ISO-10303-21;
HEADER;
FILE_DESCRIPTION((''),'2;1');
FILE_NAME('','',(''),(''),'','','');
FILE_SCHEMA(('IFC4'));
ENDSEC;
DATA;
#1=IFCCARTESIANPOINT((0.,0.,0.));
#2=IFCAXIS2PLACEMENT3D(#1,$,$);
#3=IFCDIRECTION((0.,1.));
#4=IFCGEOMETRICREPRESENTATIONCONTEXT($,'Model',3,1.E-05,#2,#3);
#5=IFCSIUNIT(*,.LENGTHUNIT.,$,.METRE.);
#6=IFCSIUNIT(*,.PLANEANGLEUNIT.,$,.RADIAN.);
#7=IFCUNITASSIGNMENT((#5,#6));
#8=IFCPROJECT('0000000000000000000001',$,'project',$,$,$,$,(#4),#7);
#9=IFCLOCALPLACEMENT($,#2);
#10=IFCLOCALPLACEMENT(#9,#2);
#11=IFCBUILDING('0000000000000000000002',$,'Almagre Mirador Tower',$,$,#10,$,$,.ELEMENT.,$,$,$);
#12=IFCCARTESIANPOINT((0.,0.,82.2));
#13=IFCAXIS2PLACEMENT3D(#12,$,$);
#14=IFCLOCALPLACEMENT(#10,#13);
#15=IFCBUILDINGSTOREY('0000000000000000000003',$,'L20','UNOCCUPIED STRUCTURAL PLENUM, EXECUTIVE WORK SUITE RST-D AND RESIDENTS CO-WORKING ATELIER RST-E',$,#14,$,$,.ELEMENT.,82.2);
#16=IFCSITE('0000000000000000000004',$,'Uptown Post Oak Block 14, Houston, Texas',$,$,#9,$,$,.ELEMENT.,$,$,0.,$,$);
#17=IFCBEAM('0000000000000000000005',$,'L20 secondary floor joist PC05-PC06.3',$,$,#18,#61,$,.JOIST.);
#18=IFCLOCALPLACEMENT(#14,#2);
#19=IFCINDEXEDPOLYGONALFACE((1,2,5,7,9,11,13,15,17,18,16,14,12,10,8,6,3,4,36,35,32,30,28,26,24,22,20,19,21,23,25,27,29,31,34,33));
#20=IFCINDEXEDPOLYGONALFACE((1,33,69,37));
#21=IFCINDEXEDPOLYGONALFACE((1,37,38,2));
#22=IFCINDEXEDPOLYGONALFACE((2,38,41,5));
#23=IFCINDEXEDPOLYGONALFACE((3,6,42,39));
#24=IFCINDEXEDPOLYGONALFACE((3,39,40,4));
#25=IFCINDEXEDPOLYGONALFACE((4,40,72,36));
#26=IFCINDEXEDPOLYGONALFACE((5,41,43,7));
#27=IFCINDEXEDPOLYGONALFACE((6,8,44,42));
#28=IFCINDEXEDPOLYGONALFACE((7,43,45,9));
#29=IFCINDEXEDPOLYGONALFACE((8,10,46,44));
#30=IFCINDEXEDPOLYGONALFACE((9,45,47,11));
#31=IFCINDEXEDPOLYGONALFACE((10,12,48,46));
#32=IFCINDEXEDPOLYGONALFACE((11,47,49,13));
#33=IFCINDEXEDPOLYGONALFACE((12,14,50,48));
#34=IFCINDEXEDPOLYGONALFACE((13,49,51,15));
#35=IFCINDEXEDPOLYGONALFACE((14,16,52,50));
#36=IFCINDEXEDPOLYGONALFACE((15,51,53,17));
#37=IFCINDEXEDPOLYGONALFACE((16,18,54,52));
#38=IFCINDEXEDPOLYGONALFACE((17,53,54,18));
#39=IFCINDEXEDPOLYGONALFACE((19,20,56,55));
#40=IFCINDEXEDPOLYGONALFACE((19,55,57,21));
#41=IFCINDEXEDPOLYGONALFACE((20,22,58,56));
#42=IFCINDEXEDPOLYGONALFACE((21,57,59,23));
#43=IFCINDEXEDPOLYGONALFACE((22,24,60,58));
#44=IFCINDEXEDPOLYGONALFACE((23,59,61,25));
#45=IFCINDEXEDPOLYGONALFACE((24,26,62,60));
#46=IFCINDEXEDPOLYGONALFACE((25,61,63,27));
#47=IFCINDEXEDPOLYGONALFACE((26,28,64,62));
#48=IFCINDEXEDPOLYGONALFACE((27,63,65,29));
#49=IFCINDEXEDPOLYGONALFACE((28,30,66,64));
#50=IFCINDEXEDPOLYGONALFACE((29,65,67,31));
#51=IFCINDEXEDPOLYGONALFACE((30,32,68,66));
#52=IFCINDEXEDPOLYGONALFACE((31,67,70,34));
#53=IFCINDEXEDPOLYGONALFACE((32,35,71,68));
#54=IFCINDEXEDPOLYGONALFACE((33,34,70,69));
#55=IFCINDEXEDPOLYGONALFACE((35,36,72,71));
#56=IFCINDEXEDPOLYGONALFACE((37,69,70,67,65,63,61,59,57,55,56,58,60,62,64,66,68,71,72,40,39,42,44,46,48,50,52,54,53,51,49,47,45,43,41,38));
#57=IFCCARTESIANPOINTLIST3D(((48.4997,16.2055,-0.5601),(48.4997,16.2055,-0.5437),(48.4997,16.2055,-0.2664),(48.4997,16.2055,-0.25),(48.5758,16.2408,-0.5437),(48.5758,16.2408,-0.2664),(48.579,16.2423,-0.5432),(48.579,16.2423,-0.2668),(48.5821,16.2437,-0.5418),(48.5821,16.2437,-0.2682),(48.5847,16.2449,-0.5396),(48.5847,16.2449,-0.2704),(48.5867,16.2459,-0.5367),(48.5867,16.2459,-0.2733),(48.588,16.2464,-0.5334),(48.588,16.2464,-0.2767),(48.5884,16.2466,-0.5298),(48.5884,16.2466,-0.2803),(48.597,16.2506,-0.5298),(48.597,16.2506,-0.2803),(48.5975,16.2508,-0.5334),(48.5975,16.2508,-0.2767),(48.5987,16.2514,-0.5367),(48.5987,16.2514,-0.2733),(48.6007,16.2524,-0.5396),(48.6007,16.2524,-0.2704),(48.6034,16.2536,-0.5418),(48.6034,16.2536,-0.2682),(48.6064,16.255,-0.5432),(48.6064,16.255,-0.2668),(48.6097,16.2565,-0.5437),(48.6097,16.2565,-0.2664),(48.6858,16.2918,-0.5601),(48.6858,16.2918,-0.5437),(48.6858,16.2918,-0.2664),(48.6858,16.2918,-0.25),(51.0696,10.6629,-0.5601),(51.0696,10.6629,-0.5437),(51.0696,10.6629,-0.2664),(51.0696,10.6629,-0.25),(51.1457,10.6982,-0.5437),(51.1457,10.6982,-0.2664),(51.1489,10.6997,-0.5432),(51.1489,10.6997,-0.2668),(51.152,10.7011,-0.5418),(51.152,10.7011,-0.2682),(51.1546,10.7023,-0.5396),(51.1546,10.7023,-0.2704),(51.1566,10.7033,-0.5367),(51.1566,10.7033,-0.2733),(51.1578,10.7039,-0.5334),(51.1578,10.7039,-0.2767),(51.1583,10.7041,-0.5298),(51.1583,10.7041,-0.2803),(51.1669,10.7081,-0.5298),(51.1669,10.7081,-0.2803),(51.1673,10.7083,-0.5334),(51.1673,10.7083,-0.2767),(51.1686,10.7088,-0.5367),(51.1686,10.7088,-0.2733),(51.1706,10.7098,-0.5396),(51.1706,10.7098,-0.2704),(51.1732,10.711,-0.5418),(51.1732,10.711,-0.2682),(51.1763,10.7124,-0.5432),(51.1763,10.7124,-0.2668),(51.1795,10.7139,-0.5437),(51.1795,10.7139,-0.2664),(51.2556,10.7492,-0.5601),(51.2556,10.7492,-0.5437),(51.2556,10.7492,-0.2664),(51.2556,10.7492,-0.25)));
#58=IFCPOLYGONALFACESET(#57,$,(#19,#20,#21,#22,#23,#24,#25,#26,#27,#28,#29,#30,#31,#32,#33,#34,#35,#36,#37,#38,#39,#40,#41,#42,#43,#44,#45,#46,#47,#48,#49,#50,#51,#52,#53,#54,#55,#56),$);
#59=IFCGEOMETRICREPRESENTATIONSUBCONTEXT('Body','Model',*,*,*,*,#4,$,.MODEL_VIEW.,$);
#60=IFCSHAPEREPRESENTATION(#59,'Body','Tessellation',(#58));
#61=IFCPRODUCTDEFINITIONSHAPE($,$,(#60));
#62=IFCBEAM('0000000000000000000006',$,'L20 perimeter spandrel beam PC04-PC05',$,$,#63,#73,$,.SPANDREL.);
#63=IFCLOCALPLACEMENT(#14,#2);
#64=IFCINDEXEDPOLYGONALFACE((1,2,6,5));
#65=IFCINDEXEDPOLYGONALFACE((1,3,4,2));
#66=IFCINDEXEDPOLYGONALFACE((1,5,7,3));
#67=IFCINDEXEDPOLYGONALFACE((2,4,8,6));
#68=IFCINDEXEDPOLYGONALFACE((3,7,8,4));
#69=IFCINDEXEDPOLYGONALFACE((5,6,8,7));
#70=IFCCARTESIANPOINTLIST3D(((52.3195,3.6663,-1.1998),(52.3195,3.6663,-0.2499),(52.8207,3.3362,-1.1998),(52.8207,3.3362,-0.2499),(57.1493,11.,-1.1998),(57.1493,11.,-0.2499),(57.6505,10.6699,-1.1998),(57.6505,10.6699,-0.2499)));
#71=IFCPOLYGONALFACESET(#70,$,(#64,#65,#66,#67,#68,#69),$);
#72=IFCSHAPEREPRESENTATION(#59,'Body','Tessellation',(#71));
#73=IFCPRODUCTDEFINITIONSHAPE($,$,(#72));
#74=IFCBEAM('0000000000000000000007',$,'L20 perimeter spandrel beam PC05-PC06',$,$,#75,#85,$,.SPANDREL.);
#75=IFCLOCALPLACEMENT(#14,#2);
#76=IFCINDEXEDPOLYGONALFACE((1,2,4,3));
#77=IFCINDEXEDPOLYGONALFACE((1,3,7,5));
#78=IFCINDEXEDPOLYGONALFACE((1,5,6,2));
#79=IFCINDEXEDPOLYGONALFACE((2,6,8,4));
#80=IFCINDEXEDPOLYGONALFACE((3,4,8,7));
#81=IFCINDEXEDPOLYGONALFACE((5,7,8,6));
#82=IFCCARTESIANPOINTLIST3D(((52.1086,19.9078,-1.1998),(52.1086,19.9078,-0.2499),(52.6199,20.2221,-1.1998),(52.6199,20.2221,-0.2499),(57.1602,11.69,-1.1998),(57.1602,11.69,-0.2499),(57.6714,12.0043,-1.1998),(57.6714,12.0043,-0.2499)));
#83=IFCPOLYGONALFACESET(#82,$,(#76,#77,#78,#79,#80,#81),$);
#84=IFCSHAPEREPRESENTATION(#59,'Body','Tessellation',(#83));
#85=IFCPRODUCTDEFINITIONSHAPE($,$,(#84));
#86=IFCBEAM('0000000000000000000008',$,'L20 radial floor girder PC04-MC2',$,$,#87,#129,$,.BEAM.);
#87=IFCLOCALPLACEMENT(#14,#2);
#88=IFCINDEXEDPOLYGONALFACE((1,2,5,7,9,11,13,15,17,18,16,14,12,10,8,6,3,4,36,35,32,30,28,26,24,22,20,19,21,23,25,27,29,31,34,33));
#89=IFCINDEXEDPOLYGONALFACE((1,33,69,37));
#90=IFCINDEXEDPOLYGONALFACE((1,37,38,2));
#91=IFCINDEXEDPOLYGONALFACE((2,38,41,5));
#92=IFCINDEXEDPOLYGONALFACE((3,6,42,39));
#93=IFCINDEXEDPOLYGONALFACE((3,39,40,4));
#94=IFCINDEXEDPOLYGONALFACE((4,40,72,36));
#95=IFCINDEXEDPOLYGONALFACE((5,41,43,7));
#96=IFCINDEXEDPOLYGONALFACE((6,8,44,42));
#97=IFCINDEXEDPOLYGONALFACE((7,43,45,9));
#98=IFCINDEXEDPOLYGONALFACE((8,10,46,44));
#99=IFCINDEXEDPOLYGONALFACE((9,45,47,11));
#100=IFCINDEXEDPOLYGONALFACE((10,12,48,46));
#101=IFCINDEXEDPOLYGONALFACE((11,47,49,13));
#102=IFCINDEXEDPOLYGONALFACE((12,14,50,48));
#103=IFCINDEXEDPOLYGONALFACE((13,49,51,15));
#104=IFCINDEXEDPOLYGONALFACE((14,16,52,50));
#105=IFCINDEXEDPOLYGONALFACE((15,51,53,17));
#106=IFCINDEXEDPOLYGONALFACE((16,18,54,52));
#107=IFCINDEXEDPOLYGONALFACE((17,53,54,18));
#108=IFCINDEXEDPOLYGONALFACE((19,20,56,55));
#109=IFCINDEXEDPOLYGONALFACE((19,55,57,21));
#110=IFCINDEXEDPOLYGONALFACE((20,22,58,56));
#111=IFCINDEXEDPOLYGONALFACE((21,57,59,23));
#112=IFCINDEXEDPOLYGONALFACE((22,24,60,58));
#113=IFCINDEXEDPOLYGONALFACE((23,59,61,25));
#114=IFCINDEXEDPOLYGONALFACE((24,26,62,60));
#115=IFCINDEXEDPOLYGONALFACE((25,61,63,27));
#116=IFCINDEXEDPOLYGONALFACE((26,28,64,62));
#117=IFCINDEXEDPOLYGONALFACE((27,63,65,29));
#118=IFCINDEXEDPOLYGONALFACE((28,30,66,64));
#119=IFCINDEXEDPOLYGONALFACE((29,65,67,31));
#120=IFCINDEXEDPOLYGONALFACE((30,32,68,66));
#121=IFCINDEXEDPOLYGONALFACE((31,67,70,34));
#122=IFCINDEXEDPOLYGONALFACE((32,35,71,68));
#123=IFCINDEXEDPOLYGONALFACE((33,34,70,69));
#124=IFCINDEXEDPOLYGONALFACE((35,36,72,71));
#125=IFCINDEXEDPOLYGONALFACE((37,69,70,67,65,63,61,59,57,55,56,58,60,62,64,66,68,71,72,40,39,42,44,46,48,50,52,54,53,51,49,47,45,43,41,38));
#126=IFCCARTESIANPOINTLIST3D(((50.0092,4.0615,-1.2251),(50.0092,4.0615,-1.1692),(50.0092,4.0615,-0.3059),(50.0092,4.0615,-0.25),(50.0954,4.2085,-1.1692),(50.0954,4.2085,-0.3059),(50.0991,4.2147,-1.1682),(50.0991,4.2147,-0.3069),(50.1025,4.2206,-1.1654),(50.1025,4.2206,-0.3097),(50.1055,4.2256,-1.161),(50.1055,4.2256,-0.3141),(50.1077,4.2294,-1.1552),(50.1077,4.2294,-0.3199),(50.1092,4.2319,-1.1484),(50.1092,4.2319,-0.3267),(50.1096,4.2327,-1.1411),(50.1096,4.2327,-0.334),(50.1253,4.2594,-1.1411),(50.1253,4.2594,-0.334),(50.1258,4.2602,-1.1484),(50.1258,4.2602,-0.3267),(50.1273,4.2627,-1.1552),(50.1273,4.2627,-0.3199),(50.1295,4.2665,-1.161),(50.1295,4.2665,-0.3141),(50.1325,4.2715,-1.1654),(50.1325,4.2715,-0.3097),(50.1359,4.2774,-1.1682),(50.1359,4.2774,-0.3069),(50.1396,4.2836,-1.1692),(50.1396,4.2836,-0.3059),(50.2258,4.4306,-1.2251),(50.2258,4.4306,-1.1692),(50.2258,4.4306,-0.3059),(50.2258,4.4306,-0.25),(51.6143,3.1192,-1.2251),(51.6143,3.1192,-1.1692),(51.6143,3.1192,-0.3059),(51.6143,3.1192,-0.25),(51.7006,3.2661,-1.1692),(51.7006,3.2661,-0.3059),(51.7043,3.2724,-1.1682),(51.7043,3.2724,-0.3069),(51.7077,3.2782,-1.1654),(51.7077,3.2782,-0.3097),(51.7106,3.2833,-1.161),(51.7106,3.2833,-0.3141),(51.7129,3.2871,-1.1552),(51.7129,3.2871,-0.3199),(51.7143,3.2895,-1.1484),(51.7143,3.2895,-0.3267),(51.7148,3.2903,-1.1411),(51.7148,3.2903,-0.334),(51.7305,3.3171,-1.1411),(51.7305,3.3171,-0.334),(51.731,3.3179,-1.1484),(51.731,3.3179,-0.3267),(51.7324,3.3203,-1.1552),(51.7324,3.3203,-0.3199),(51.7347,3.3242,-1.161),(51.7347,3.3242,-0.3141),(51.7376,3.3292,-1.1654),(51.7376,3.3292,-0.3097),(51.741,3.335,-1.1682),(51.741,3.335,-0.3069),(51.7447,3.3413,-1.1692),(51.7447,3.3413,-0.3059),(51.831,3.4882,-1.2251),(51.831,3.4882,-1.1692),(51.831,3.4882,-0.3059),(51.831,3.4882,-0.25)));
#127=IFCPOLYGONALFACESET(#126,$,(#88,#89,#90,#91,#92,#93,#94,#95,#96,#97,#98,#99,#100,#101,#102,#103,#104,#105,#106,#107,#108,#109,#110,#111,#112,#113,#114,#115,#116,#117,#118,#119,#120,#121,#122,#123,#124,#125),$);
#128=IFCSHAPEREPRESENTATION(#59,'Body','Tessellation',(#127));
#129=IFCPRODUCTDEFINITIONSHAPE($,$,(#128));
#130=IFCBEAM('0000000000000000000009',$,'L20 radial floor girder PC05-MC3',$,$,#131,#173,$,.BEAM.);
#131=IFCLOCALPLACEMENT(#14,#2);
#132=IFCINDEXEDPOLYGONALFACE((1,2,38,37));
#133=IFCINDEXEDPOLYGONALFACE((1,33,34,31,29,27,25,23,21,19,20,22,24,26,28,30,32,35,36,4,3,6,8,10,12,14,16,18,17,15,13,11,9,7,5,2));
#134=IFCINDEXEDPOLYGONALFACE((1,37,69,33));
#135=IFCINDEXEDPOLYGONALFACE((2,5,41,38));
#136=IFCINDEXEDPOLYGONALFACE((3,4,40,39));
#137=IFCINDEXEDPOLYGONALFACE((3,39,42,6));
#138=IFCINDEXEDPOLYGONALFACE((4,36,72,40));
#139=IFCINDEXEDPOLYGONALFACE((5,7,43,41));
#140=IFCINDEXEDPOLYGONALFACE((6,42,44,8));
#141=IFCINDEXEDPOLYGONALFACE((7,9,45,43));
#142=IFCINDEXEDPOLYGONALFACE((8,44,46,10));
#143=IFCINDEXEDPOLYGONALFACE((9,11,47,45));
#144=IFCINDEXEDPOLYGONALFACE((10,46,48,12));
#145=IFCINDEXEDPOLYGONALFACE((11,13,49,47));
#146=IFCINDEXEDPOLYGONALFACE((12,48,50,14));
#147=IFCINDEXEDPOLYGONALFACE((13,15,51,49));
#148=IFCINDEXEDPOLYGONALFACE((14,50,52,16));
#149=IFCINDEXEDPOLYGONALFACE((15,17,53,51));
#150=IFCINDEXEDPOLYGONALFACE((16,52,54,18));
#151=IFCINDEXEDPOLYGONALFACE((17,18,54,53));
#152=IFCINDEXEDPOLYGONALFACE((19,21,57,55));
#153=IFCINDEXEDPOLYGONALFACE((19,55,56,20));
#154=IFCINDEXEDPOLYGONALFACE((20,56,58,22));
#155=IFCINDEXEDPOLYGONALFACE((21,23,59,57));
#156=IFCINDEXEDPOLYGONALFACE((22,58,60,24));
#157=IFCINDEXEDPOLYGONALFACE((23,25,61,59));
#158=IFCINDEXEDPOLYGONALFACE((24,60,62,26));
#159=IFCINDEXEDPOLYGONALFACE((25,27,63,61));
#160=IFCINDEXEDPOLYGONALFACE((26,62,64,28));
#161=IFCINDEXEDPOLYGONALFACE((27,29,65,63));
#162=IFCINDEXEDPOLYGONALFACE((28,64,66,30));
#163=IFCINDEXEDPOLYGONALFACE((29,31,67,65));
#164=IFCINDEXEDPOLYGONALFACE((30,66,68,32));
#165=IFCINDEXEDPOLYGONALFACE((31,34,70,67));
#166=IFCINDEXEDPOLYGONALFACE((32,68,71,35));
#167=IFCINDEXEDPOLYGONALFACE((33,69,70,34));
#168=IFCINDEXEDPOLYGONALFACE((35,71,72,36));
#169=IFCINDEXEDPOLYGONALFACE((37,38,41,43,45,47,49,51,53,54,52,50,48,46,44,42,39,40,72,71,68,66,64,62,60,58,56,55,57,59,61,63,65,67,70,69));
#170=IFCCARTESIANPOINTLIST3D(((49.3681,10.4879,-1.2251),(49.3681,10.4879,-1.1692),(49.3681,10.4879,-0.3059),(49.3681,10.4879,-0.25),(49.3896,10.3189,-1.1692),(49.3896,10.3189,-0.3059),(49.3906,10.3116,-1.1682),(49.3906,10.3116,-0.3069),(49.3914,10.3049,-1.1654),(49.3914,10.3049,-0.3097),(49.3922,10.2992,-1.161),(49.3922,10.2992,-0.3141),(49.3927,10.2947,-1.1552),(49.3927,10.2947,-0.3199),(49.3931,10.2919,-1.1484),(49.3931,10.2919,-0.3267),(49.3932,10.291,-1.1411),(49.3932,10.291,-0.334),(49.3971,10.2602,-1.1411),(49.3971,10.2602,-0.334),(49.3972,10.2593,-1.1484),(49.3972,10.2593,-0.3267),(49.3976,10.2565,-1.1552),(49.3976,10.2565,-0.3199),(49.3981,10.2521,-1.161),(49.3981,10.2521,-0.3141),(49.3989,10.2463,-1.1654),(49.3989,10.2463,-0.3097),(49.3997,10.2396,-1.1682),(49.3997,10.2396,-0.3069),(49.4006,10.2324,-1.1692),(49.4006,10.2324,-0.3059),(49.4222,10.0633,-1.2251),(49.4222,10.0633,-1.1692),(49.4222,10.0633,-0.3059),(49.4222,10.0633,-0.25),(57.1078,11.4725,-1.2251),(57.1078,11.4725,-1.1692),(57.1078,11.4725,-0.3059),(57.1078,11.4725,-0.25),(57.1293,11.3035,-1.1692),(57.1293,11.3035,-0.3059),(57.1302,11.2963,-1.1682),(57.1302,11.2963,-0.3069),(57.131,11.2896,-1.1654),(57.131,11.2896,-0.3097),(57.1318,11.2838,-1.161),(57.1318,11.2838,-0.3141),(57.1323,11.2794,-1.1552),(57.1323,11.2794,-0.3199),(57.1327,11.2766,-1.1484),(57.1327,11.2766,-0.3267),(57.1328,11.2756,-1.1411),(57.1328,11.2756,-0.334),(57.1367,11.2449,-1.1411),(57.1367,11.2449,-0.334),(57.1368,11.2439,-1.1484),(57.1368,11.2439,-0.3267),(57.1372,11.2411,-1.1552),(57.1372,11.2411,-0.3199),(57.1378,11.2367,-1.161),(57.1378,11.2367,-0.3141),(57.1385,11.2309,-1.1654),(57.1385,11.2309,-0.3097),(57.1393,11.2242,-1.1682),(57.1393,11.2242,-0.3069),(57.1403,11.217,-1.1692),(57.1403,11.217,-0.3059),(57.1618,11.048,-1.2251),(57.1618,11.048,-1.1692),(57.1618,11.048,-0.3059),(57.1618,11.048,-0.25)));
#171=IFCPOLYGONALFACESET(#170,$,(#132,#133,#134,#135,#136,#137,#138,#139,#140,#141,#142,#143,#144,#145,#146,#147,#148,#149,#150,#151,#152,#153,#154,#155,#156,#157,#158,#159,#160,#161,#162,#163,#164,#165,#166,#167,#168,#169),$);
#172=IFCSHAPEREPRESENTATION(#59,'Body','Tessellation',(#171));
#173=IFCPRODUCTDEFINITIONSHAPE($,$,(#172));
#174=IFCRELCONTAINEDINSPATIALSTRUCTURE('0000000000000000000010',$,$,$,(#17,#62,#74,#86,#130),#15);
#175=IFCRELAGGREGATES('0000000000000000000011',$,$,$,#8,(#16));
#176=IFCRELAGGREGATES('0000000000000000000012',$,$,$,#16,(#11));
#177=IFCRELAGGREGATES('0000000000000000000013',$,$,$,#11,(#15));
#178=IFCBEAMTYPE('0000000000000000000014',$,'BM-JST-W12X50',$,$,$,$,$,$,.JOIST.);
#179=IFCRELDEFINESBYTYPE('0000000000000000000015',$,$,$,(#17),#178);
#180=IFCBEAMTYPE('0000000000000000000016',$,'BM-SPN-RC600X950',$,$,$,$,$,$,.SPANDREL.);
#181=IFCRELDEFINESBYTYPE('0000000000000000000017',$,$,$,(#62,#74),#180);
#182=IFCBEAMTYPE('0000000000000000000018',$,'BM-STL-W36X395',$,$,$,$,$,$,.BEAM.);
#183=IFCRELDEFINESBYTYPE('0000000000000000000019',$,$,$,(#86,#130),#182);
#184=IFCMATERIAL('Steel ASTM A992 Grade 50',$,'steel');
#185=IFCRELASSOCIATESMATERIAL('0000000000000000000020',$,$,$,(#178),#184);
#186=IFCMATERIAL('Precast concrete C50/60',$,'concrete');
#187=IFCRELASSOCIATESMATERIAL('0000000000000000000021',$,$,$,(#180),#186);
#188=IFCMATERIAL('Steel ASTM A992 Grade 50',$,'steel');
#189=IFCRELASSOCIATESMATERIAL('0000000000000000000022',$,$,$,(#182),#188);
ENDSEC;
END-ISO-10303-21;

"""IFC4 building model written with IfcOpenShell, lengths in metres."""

from ifc_helpers import new_model, si_unit, direction, frame, origin, origin_2d, place, context, subcontext, project, spatial, rectangle, i_section, extrude, material, material_profile, profile_set, type_object, element, save


model = new_model("IFC4")

# Units and contexts
model_context = context("Model", 3, precision=1e-05, world=origin(), true_north=direction((0.0, 1.0)))
body_context = subcontext(model_context, "Body", "Model", "MODEL_VIEW")
ifc_project = project(units=[si_unit("LENGTHUNIT", "METRE"), si_unit("PLANEANGLEUNIT", "RADIAN")], contexts=[model_context])

# Site, building, storey
site_placement = place(None, origin())
site = spatial("IfcSite", under=ifc_project, at=site_placement, Name="Uptown Post Oak Block 14, Houston, Texas", CompositionType="ELEMENT", RefElevation=0.0)
building_placement = place(site_placement, origin())
building = spatial("IfcBuilding", under=site, at=building_placement, Name="Almagre Mirador Tower", CompositionType="ELEMENT")
storey_placement = place(building_placement, frame((0.0, 0.0, 82.2)))
storey = spatial("IfcBuildingStorey", under=building, at=storey_placement, Name="L20", Description="UNOCCUPIED STRUCTURAL PLENUM, EXECUTIVE WORK SUITE RST-D AND RESIDENTS CO-WORKING ATELIER RST-E", CompositionType="ELEMENT", Elevation=82.2)

# Beams
ifc_material_1 = material(Name="Steel ASTM A992 Grade 50", Category="steel")
ifc_material_profile_1 = material_profile(ifc_material_1, i_section(OverallWidth=0.2051, OverallDepth=0.3101, WebThickness=0.0095, FlangeThickness=0.0164, FilletRadius=0.0139, at=origin_2d()), Name="W12X50")
ifc_profile_set_1 = profile_set([ifc_material_profile_1], Name="Steel ASTM A992 Grade 50")
beam_type_1 = type_object("IfcBeamType", Name="BM-JST-W12X50", PredefinedType="JOIST", material=ifc_profile_set_1)
beam_1_placement = place(storey_placement, frame((51.1626, 10.7061, -0.405), z_axis=(-0.420644, 0.907226, 0.0), x_axis=(-0.907226, -0.420644, 0.0)))
element("IfcBeam", 1, at=beam_1_placement, inside=storey, type_object=beam_type_1, Name="L20 secondary floor joist PC05-PC06.3", PredefinedType="JOIST", context=body_context, shape_type="SweptSolid", body=[
    extrude(i_section(OverallWidth=0.2051, OverallDepth=0.3101, WebThickness=0.0095, FlangeThickness=0.0164, FilletRadius=0.0139, at=origin_2d()), origin(), (0.0, 0.0, 1.0), 6.1094),
])
ifc_material_2 = material(Name="Precast concrete C50/60", Category="concrete")
ifc_material_profile_2 = material_profile(ifc_material_2, rectangle(XDim=0.6001, YDim=0.95, at=origin_2d()), Name="RC600X950")
ifc_profile_set_2 = profile_set([ifc_material_profile_2], Name="Precast concrete C50/60")
beam_type_2 = type_object("IfcBeamType", Name="BM-SPN-RC600X950", PredefinedType="SPANDREL", material=ifc_profile_set_2)
beam_2_placement = place(storey_placement, frame((52.5701, 3.5012, -0.7249), z_axis=(0.550014, 0.835155, 0.0), x_axis=(-0.835155, 0.550014, 0.0)))
element("IfcBeam", 2, at=beam_2_placement, inside=storey, type_object=beam_type_2, Name="L20 perimeter spandrel beam PC04-PC05", PredefinedType="SPANDREL", context=body_context, shape_type="SweptSolid", body=[
    extrude(rectangle(XDim=0.6001, YDim=0.95, at=origin_2d()), origin(), (0.0, 0.0, 1.0), 8.7812),
])
beam_3_placement = place(storey_placement, frame((57.4158, 11.8472, -0.7249), z_axis=(-0.523678, 0.851916, 0.0), x_axis=(-0.851916, -0.523678, 0.0)))
element("IfcBeam", 3, at=beam_3_placement, inside=storey, type_object=beam_type_2, Name="L20 perimeter spandrel beam PC05-PC06", PredefinedType="SPANDREL", context=body_context, shape_type="SweptSolid", body=[
    extrude(rectangle(XDim=0.6001, YDim=0.95, at=origin_2d()), origin(), (0.0, 0.0, 1.0), 9.6462),
])
ifc_material_3 = material(Name="Steel ASTM A992 Grade 50", Category="steel")
ifc_material_profile_3 = material_profile(ifc_material_3, i_section(OverallWidth=0.428, OverallDepth=0.9751, WebThickness=0.031, FlangeThickness=0.0559, FilletRadius=0.0281, at=origin_2d()), Name="W36X395")
ifc_profile_set_3 = profile_set([ifc_material_profile_3], Name="Steel ASTM A992 Grade 50")
beam_type_3 = type_object("IfcBeamType", Name="BM-STL-W36X395", PredefinedType="BEAM", material=ifc_profile_set_3)
beam_4_placement = place(storey_placement, frame((51.7227, 3.3037, -0.7375), z_axis=(-0.862372, 0.506275, 0.0), x_axis=(-0.506275, -0.862372, 0.0)))
element("IfcBeam", 4, at=beam_4_placement, inside=storey, type_object=beam_type_3, Name="L20 radial floor girder PC04-MC2", PredefinedType="BEAM", context=body_context, shape_type="SweptSolid", body=[
    extrude(i_section(OverallWidth=0.428, OverallDepth=0.9751, WebThickness=0.031, FlangeThickness=0.0559, FilletRadius=0.0281, at=origin_2d()), origin(), (0.0, 0.0, 1.0), 1.8613),
])
beam_5_placement = place(storey_placement, frame((57.1348, 11.2603, -0.7375), z_axis=(-0.992004, -0.126203, 0.0), x_axis=(0.126203, -0.992004, 0.0)))
element("IfcBeam", 5, at=beam_5_placement, inside=storey, type_object=beam_type_3, Name="L20 radial floor girder PC05-MC3", PredefinedType="BEAM", context=body_context, shape_type="SweptSolid", body=[
    extrude(i_section(OverallWidth=0.428, OverallDepth=0.9751, WebThickness=0.031, FlangeThickness=0.0559, FilletRadius=0.0281, at=origin_2d()), origin(), (0.0, 0.0, 1.0), 7.802),
])

save(model, "model.ifc")
